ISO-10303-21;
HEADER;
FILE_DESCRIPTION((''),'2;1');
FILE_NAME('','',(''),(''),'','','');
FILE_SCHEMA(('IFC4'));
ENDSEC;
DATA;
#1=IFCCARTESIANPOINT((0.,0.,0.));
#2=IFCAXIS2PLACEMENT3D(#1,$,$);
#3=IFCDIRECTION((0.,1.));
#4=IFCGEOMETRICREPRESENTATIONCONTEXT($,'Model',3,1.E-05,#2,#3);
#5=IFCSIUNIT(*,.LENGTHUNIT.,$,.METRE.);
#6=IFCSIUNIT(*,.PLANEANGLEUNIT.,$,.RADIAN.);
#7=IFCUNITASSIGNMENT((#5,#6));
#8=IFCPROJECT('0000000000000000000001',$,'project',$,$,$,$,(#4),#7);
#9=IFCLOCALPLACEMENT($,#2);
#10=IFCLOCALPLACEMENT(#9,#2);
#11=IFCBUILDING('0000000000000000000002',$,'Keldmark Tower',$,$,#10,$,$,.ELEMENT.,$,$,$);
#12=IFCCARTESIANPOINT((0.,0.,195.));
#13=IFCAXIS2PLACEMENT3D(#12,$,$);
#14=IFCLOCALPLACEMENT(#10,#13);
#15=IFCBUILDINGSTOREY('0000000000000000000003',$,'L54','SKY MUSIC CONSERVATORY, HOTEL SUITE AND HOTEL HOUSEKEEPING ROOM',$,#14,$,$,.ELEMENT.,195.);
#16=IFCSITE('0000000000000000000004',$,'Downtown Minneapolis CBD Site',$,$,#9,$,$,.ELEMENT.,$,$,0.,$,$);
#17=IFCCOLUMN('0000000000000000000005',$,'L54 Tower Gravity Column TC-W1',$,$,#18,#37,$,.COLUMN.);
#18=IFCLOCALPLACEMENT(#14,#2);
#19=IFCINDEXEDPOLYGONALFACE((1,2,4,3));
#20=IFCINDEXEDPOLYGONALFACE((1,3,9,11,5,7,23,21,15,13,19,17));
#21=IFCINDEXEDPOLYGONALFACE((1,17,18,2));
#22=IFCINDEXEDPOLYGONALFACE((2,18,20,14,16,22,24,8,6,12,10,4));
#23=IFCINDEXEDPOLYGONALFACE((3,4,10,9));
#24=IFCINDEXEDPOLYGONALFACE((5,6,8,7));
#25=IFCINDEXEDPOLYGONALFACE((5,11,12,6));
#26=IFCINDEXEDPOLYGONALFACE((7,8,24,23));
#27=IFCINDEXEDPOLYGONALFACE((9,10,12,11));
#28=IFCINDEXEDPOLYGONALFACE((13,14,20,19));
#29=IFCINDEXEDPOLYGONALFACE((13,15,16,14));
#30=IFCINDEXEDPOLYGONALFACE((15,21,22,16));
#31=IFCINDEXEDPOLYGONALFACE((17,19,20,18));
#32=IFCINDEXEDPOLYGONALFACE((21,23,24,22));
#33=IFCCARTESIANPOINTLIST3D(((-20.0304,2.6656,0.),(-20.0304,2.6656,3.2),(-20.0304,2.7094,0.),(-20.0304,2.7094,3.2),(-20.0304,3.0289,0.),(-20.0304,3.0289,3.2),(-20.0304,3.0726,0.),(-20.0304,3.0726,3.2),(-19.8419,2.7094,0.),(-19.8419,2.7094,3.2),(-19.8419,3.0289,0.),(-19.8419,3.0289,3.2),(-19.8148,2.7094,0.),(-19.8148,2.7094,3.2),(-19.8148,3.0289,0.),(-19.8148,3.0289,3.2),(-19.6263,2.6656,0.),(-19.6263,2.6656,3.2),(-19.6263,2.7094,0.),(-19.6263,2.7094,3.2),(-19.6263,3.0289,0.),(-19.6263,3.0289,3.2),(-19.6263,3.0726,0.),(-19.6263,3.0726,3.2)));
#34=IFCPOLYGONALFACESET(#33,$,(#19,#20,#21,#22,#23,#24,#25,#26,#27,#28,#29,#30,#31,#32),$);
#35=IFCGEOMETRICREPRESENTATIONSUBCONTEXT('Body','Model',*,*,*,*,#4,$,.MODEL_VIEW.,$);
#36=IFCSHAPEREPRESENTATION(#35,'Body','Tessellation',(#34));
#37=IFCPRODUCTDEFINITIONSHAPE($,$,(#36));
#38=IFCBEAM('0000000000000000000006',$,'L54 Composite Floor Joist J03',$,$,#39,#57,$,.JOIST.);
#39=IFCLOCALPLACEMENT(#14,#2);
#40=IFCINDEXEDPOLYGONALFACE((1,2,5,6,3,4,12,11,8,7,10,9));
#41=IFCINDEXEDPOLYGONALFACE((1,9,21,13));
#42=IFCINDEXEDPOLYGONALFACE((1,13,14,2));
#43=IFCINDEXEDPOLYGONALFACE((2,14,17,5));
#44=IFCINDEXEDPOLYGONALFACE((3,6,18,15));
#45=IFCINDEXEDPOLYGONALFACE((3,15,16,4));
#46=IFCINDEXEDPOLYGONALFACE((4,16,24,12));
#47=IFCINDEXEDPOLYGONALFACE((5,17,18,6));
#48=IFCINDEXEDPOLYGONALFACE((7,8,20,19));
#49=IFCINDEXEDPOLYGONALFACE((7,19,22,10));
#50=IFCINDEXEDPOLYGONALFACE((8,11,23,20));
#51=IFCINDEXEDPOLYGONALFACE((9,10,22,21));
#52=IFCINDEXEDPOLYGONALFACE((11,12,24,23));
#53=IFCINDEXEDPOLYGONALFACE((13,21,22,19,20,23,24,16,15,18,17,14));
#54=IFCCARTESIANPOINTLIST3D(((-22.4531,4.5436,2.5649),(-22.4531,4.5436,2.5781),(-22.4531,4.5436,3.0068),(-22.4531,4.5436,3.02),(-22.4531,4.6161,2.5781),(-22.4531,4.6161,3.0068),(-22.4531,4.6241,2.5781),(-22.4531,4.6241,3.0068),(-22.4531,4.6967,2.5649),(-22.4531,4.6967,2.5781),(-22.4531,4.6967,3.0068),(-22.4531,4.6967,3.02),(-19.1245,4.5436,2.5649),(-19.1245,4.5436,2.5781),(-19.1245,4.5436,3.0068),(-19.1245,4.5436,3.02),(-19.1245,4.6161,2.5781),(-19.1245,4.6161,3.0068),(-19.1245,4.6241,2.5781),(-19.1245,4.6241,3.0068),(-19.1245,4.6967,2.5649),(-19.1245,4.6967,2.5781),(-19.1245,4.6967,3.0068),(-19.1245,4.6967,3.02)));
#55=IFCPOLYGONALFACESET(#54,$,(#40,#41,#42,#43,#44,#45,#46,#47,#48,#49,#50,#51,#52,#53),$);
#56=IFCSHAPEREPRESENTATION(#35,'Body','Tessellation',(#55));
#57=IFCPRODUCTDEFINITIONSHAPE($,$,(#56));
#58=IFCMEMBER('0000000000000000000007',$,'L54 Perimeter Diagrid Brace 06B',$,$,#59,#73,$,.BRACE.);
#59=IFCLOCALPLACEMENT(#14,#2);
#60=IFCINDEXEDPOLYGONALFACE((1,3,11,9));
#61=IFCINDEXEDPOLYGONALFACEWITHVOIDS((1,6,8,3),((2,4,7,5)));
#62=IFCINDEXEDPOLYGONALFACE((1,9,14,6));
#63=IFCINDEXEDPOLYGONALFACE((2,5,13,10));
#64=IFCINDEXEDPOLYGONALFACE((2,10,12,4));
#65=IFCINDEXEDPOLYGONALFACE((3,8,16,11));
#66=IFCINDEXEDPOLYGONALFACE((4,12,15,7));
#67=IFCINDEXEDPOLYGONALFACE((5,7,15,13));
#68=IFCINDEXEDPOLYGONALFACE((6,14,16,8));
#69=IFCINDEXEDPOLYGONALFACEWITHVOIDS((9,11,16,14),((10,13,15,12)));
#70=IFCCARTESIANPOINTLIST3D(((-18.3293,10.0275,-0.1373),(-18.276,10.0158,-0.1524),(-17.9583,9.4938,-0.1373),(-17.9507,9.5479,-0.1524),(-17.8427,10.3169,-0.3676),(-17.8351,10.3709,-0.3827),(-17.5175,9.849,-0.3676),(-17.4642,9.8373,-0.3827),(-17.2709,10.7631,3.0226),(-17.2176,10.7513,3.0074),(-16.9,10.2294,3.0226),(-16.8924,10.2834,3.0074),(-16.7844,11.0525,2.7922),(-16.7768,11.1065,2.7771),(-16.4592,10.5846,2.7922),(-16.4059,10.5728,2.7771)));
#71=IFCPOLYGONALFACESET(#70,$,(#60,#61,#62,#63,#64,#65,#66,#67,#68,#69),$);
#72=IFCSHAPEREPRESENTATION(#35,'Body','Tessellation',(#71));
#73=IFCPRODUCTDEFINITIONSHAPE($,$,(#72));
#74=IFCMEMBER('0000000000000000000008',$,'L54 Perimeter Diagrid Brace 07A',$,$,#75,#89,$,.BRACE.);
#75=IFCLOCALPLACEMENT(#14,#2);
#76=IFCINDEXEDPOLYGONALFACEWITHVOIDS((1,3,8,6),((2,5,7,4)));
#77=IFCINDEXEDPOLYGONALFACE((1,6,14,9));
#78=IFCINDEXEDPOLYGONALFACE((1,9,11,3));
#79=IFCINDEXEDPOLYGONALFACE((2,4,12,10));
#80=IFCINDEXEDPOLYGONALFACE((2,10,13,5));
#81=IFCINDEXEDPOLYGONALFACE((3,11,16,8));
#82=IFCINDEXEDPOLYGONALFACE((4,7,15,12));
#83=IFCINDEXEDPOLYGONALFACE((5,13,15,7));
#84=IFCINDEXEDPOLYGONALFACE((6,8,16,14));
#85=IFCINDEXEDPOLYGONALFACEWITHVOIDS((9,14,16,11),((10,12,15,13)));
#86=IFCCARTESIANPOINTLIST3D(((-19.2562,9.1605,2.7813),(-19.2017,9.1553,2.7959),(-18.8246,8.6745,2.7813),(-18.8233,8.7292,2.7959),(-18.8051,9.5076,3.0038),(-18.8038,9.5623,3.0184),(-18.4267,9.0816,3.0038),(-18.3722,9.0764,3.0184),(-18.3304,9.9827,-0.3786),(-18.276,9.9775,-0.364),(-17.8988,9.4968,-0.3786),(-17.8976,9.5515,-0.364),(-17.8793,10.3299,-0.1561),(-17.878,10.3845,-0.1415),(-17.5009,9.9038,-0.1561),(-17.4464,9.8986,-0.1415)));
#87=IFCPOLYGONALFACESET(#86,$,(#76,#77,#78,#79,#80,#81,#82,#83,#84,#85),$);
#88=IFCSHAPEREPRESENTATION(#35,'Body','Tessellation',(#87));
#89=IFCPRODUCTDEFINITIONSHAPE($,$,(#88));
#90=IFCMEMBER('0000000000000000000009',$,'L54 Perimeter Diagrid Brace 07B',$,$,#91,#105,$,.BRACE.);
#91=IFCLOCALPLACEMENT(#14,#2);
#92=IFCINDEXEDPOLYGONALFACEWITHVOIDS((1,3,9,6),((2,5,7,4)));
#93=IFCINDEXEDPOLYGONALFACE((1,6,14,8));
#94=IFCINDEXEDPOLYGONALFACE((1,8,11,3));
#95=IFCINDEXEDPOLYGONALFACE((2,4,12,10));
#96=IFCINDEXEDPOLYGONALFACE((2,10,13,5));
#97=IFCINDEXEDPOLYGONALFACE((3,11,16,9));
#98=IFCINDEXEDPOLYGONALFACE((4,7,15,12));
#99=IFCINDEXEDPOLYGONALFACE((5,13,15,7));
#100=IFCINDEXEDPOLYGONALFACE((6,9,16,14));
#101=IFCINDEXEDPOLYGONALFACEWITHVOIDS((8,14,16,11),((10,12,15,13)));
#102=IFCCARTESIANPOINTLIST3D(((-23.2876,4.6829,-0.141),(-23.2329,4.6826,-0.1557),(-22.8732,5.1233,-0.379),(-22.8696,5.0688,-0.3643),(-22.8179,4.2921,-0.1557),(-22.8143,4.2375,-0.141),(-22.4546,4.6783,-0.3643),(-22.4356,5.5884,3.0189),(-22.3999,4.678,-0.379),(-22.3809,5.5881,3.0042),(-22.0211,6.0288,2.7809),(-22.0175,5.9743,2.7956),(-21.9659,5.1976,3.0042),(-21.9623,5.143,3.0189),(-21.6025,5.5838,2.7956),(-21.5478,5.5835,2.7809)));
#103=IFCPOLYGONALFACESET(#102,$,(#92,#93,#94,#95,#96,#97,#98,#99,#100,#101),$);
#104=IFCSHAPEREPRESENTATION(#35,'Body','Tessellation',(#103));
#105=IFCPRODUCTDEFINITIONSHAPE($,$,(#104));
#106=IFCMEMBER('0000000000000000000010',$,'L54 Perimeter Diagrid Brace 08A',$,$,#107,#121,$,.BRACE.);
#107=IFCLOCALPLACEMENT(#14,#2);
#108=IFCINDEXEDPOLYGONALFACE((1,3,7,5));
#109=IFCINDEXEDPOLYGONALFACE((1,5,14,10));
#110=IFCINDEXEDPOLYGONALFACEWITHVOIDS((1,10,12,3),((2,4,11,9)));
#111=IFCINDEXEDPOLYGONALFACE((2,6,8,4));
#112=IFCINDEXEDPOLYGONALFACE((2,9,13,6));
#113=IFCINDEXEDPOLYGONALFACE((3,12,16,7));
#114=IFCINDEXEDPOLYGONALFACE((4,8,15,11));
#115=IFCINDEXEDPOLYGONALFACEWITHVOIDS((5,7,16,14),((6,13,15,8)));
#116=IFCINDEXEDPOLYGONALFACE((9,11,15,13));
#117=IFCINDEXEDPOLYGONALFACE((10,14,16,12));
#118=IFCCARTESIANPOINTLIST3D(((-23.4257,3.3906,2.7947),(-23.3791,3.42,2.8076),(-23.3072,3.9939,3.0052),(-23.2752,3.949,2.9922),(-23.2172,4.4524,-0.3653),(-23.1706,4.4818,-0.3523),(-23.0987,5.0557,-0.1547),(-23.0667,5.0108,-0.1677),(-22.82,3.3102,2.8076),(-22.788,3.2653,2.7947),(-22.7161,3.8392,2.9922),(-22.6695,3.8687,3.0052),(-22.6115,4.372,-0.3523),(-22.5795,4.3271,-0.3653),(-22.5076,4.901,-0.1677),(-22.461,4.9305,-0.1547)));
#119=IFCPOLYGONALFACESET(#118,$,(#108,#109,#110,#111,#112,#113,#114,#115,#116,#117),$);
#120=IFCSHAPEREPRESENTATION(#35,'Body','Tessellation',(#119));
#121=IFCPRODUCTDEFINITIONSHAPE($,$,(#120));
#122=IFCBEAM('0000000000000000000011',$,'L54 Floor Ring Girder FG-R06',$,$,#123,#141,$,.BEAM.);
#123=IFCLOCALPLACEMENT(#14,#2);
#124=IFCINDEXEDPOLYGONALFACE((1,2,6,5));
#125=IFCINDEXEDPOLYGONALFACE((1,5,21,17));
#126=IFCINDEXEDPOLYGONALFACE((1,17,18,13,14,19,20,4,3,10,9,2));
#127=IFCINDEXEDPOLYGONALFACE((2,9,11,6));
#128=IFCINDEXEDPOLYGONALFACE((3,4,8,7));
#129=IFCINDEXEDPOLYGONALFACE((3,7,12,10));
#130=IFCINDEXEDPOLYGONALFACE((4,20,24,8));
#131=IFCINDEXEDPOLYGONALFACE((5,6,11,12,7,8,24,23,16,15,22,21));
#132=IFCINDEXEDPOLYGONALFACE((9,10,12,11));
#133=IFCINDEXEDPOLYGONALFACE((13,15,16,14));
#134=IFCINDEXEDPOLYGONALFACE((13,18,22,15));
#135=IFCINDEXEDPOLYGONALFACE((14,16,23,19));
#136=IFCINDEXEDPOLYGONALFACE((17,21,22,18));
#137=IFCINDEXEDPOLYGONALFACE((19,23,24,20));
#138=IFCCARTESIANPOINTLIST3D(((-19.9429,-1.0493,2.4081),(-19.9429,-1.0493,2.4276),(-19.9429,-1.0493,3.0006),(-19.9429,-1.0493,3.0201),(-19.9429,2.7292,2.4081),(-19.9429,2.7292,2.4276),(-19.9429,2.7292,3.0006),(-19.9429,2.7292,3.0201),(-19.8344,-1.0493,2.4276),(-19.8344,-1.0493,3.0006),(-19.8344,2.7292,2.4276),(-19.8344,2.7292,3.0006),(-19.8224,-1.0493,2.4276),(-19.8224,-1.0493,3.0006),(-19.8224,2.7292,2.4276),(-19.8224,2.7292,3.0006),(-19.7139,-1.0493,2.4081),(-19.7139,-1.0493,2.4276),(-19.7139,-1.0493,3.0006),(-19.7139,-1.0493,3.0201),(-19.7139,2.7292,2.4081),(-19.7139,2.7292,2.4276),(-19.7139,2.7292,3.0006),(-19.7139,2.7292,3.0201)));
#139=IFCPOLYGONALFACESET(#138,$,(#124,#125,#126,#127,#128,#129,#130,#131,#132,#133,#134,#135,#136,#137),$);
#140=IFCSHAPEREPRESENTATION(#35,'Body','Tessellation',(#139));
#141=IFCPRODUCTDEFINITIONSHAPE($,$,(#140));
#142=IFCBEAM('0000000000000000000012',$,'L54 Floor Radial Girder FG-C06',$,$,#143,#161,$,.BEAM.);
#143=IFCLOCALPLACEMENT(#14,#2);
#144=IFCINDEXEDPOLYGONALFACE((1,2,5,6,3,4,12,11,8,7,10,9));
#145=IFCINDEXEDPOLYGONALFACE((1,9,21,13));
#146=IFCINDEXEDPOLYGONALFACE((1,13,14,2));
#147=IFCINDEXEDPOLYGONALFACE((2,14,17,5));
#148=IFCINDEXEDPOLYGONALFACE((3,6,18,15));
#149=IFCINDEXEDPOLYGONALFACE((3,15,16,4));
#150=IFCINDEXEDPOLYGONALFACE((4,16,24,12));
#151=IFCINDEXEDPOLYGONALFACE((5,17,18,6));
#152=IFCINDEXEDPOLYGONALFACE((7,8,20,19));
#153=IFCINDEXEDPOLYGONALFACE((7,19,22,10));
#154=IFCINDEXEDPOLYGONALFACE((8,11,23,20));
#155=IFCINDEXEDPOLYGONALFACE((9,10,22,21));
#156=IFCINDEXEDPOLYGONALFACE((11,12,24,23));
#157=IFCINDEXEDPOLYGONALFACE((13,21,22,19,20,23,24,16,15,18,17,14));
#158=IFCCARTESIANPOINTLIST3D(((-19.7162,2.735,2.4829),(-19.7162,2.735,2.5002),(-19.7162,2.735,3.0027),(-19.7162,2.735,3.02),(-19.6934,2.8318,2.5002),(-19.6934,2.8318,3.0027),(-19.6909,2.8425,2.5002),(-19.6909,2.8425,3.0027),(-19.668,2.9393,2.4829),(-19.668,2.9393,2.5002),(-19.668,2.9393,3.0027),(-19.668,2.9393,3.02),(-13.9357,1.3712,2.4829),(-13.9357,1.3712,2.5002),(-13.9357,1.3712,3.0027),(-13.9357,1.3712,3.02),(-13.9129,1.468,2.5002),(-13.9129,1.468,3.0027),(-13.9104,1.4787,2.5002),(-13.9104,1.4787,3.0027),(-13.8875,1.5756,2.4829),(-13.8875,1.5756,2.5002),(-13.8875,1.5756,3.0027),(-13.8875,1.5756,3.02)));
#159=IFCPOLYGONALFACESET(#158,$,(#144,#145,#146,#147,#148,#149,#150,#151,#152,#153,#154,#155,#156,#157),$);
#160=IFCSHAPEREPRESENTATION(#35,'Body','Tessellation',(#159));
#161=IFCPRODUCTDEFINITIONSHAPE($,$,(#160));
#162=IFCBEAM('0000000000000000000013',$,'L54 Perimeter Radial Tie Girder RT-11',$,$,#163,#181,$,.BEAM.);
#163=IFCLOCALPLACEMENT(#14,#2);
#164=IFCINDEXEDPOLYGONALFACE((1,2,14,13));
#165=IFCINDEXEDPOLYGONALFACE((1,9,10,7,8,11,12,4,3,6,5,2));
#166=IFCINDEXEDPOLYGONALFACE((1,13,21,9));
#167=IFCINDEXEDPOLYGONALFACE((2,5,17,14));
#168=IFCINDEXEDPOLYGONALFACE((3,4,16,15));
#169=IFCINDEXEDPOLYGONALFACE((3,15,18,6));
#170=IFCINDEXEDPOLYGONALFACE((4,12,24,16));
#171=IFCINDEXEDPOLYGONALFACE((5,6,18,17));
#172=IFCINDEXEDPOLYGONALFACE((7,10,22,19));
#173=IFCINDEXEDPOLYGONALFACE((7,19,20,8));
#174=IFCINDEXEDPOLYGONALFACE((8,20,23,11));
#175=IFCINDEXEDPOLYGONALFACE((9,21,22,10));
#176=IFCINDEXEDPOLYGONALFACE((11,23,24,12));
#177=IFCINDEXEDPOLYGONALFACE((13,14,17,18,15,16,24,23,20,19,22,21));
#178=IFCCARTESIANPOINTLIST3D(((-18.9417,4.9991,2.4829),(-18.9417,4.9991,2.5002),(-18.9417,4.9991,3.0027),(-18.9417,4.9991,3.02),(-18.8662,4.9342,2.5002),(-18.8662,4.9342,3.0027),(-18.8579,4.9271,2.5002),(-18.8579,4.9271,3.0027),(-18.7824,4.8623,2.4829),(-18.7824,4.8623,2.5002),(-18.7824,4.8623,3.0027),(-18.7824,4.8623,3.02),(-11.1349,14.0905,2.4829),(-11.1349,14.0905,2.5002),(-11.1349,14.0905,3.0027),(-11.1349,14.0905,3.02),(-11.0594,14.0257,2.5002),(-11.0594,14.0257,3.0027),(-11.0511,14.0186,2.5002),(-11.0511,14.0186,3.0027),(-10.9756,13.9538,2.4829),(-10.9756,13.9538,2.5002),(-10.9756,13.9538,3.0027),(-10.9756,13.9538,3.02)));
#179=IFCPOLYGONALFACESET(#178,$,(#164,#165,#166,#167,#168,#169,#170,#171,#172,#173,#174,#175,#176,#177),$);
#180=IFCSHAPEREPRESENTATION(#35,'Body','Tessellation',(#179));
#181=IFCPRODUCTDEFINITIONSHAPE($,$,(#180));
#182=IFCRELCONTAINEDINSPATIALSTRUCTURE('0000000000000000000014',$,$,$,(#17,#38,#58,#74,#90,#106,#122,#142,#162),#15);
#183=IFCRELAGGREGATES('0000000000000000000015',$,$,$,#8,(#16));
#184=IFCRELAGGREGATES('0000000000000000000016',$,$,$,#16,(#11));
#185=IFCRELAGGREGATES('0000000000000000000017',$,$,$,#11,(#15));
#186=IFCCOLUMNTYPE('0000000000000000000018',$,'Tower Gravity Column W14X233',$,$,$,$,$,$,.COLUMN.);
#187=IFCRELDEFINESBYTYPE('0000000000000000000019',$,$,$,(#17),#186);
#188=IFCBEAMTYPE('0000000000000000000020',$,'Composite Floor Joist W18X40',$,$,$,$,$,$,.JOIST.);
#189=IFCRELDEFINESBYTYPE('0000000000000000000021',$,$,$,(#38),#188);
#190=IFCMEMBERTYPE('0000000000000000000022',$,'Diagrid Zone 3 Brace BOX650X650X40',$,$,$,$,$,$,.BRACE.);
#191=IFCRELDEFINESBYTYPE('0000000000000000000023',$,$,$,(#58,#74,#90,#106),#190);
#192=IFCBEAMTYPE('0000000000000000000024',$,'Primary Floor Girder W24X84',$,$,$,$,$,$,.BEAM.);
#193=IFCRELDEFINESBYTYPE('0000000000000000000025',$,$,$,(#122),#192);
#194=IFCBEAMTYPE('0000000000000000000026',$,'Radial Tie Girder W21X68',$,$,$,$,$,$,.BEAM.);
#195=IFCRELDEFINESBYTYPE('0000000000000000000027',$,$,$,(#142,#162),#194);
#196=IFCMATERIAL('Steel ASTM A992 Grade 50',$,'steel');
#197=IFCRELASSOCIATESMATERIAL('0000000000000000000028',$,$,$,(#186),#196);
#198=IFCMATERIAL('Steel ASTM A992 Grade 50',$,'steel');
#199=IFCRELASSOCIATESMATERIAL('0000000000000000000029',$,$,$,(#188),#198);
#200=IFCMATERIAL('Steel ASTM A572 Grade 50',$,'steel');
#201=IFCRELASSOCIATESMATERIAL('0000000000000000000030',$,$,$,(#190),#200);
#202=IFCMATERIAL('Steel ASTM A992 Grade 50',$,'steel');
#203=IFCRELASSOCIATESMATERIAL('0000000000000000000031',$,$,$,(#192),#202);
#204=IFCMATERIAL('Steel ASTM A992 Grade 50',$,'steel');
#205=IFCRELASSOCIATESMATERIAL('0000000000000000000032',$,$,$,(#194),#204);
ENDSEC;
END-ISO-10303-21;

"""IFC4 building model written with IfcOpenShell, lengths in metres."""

from ifc_helpers import new_model, si_unit, direction, frame, origin, origin_2d, place, context, subcontext, project, spatial, hollow_rectangle, i_section, extrude, material, material_profile, profile_set, type_object, element, save


model = new_model("IFC4")

# Units and contexts
model_context = context("Model", 3, precision=1e-05, world=origin(), true_north=direction((0.0, 1.0)))
body_context = subcontext(model_context, "Body", "Model", "MODEL_VIEW")
ifc_project = project(units=[si_unit("LENGTHUNIT", "METRE"), si_unit("PLANEANGLEUNIT", "RADIAN")], contexts=[model_context])

# Site, building, storey
site_placement = place(None, origin())
site = spatial("IfcSite", under=ifc_project, at=site_placement, Name="Downtown Minneapolis CBD Site", CompositionType="ELEMENT", RefElevation=0.0)
building_placement = place(site_placement, origin())
building = spatial("IfcBuilding", under=site, at=building_placement, Name="Keldmark Tower", CompositionType="ELEMENT")
storey_placement = place(building_placement, frame((0.0, 0.0, 195.0)))
storey = spatial("IfcBuildingStorey", under=building, at=storey_placement, Name="L54", Description="SKY MUSIC CONSERVATORY, HOTEL SUITE AND HOTEL HOUSEKEEPING ROOM", CompositionType="ELEMENT", Elevation=195.0)

# Column
ifc_material_1 = material(Name="Steel ASTM A992 Grade 50", Category="steel")
ifc_material_profile_1 = material_profile(ifc_material_1, i_section(OverallWidth=0.4041, OverallDepth=0.407, WebThickness=0.0271, FlangeThickness=0.0437, at=origin_2d()), Name="W14X233")
ifc_profile_set_1 = profile_set([ifc_material_profile_1], Name="Steel ASTM A992 Grade 50")
column_type = type_object("IfcColumnType", Name="Tower Gravity Column W14X233", PredefinedType="COLUMN", material=ifc_profile_set_1)
column_placement = place(storey_placement, frame((-19.8284, 2.8691, 0.0), z_axis=(0.0, 0.0, 1.0), x_axis=(1.0, 0.0, 0.0)))
element("IfcColumn", 1, at=column_placement, inside=storey, type_object=column_type, Name="L54 Tower Gravity Column TC-W1", PredefinedType="COLUMN", context=body_context, shape_type="SweptSolid", body=[
    extrude(i_section(OverallWidth=0.4041, OverallDepth=0.407, WebThickness=0.0271, FlangeThickness=0.0437, at=origin_2d()), origin(), (0.0, 0.0, 1.0), 3.2),
])

# Beam
ifc_material_2 = material(Name="Steel ASTM A992 Grade 50", Category="steel")
ifc_material_profile_2 = material_profile(ifc_material_2, i_section(OverallWidth=0.1531, OverallDepth=0.4551, WebThickness=0.0081, FlangeThickness=0.0132, at=origin_2d()), Name="W18X40")
ifc_profile_set_2 = profile_set([ifc_material_profile_2], Name="Steel ASTM A992 Grade 50")
beam_type_1 = type_object("IfcBeamType", Name="Composite Floor Joist W18X40", PredefinedType="JOIST", material=ifc_profile_set_2)
beam_1_placement = place(storey_placement, frame((-22.4531, 4.6201, 2.7925), z_axis=(1.0, 0.0, 0.0), x_axis=(0.0, 1.0, 0.0)))
element("IfcBeam", 2, at=beam_1_placement, inside=storey, type_object=beam_type_1, Name="L54 Composite Floor Joist J03", PredefinedType="JOIST", context=body_context, shape_type="SweptSolid", body=[
    extrude(i_section(OverallWidth=0.1531, OverallDepth=0.4551, WebThickness=0.0081, FlangeThickness=0.0132, at=origin_2d()), origin(), (0.0, 0.0, 1.0), 3.3286),
])

# Members
ifc_material_3 = material(Name="Steel ASTM A572 Grade 50", Category="steel")
ifc_material_profile_3 = material_profile(ifc_material_3, hollow_rectangle(XDim=0.6499, YDim=0.6499, WallThickness=0.04, at=origin_2d()), Name="BOX650X650X40")
ifc_profile_set_3 = profile_set([ifc_material_profile_3], Name="Steel ASTM A572 Grade 50")
member_type = type_object("IfcMemberType", Name="Diagrid Zone 3 Brace BOX650X650X40", PredefinedType="BRACE", material=ifc_profile_set_3)
member_1_placement = place(storey_placement, frame((-17.8967, 9.9324, -0.26), z_axis=(0.310125, 0.215549, 0.925938), x_axis=(-0.570726, 0.821141, 0.0)))
element("IfcMember", 3, at=member_1_placement, inside=storey, type_object=member_type, Name="L54 Perimeter Diagrid Brace 06B", PredefinedType="BRACE", context=body_context, shape_type="SweptSolid", body=[
    extrude(hollow_rectangle(XDim=0.6499, YDim=0.6499, WallThickness=0.04, at=origin_2d()), origin(), (0.0, 0.0, 1.0), 3.4126),
])
member_2_placement = place(storey_placement, frame((-17.8884, 9.9407, -0.26), z_axis=(-0.272782, -0.242281, 0.931069), x_axis=(0.66407, -0.74767, 0.0)))
element("IfcMember", 4, at=member_2_placement, inside=storey, type_object=member_type, Name="L54 Perimeter Diagrid Brace 07A", PredefinedType="BRACE", context=body_context, shape_type="SweptSolid", body=[
    extrude(hollow_rectangle(XDim=0.6499, YDim=0.6499, WallThickness=0.04, at=origin_2d()), origin(), (0.0, 0.0, 1.0), 3.3938),
])
member_3_placement = place(storey_placement, frame((-22.8438, 4.6804, -0.26), z_axis=(0.250918, 0.266663, 0.930554), x_axis=(-0.728281, 0.685279, 0.0)))
element("IfcMember", 5, at=member_3_placement, inside=storey, type_object=member_type, Name="L54 Perimeter Diagrid Brace 07B", PredefinedType="BRACE", context=body_context, shape_type="SweptSolid", body=[
    extrude(hollow_rectangle(XDim=0.6499, YDim=0.6499, WallThickness=0.04, at=origin_2d()), origin(), (0.0, 0.0, 1.0), 3.3958),
])
member_4_placement = place(storey_placement, frame((-22.8391, 4.6914, -0.26), z_axis=(-0.062423, -0.317891, 0.94607), x_axis=(0.98126, -0.192687, 0.0)))
element("IfcMember", 6, at=member_4_placement, inside=storey, type_object=member_type, Name="L54 Perimeter Diagrid Brace 08A", PredefinedType="BRACE", context=body_context, shape_type="SweptSolid", body=[
    extrude(hollow_rectangle(XDim=0.6499, YDim=0.6499, WallThickness=0.04, at=origin_2d()), origin(), (0.0, 0.0, 1.0), 3.3401),
])

# Beams
ifc_material_4 = material(Name="Steel ASTM A992 Grade 50", Category="steel")
ifc_material_profile_4 = material_profile(ifc_material_4, i_section(OverallWidth=0.229, OverallDepth=0.6121, WebThickness=0.012, FlangeThickness=0.0195, at=origin_2d()), Name="W24X84")
ifc_profile_set_4 = profile_set([ifc_material_profile_4], Name="Steel ASTM A992 Grade 50")
beam_type_2 = type_object("IfcBeamType", Name="Primary Floor Girder W24X84", PredefinedType="BEAM", material=ifc_profile_set_4)
beam_2_placement = place(storey_placement, frame((-19.8284, 2.7292, 2.7141), z_axis=(0.0, -1.0, 0.0), x_axis=(1.0, 0.0, 0.0)))
element("IfcBeam", 7, at=beam_2_placement, inside=storey, type_object=beam_type_2, Name="L54 Floor Ring Girder FG-R06", PredefinedType="BEAM", context=body_context, shape_type="SweptSolid", body=[
    extrude(i_section(OverallWidth=0.229, OverallDepth=0.6121, WebThickness=0.012, FlangeThickness=0.0195, at=origin_2d()), origin(), (0.0, 0.0, 1.0), 3.7786),
])
ifc_material_5 = material(Name="Steel ASTM A992 Grade 50", Category="steel")
ifc_material_profile_5 = material_profile(ifc_material_5, i_section(OverallWidth=0.21, OverallDepth=0.5371, WebThickness=0.011, FlangeThickness=0.0173, at=origin_2d()), Name="W21X68")
ifc_profile_set_5 = profile_set([ifc_material_profile_5], Name="Steel ASTM A992 Grade 50")
beam_type_3 = type_object("IfcBeamType", Name="Radial Tie Girder W21X68", PredefinedType="BEAM", material=ifc_profile_set_5)
beam_3_placement = place(storey_placement, frame((-19.6921, 2.8372, 2.7515), z_axis=(0.97328, -0.229621, 0.0), x_axis=(0.229621, 0.97328, 0.0)))
element("IfcBeam", 8, at=beam_3_placement, inside=storey, type_object=beam_type_3, Name="L54 Floor Radial Girder FG-C06", PredefinedType="BEAM", context=body_context, shape_type="SweptSolid", body=[
    extrude(i_section(OverallWidth=0.21, OverallDepth=0.5371, WebThickness=0.011, FlangeThickness=0.0173, at=origin_2d()), origin(), (0.0, 0.0, 1.0), 5.9392),
])
beam_4_placement = place(storey_placement, frame((-18.8621, 4.9307, 2.7515), z_axis=(0.651471, 0.758674, 0.0), x_axis=(-0.758674, 0.651471, 0.0)))
element("IfcBeam", 9, at=beam_4_placement, inside=storey, type_object=beam_type_3, Name="L54 Perimeter Radial Tie Girder RT-11", PredefinedType="BEAM", context=body_context, shape_type="SweptSolid", body=[
    extrude(i_section(OverallWidth=0.21, OverallDepth=0.5371, WebThickness=0.011, FlangeThickness=0.0173, at=origin_2d()), origin(), (0.0, 0.0, 1.0), 11.9834),
])

save(model, "model.ifc")
